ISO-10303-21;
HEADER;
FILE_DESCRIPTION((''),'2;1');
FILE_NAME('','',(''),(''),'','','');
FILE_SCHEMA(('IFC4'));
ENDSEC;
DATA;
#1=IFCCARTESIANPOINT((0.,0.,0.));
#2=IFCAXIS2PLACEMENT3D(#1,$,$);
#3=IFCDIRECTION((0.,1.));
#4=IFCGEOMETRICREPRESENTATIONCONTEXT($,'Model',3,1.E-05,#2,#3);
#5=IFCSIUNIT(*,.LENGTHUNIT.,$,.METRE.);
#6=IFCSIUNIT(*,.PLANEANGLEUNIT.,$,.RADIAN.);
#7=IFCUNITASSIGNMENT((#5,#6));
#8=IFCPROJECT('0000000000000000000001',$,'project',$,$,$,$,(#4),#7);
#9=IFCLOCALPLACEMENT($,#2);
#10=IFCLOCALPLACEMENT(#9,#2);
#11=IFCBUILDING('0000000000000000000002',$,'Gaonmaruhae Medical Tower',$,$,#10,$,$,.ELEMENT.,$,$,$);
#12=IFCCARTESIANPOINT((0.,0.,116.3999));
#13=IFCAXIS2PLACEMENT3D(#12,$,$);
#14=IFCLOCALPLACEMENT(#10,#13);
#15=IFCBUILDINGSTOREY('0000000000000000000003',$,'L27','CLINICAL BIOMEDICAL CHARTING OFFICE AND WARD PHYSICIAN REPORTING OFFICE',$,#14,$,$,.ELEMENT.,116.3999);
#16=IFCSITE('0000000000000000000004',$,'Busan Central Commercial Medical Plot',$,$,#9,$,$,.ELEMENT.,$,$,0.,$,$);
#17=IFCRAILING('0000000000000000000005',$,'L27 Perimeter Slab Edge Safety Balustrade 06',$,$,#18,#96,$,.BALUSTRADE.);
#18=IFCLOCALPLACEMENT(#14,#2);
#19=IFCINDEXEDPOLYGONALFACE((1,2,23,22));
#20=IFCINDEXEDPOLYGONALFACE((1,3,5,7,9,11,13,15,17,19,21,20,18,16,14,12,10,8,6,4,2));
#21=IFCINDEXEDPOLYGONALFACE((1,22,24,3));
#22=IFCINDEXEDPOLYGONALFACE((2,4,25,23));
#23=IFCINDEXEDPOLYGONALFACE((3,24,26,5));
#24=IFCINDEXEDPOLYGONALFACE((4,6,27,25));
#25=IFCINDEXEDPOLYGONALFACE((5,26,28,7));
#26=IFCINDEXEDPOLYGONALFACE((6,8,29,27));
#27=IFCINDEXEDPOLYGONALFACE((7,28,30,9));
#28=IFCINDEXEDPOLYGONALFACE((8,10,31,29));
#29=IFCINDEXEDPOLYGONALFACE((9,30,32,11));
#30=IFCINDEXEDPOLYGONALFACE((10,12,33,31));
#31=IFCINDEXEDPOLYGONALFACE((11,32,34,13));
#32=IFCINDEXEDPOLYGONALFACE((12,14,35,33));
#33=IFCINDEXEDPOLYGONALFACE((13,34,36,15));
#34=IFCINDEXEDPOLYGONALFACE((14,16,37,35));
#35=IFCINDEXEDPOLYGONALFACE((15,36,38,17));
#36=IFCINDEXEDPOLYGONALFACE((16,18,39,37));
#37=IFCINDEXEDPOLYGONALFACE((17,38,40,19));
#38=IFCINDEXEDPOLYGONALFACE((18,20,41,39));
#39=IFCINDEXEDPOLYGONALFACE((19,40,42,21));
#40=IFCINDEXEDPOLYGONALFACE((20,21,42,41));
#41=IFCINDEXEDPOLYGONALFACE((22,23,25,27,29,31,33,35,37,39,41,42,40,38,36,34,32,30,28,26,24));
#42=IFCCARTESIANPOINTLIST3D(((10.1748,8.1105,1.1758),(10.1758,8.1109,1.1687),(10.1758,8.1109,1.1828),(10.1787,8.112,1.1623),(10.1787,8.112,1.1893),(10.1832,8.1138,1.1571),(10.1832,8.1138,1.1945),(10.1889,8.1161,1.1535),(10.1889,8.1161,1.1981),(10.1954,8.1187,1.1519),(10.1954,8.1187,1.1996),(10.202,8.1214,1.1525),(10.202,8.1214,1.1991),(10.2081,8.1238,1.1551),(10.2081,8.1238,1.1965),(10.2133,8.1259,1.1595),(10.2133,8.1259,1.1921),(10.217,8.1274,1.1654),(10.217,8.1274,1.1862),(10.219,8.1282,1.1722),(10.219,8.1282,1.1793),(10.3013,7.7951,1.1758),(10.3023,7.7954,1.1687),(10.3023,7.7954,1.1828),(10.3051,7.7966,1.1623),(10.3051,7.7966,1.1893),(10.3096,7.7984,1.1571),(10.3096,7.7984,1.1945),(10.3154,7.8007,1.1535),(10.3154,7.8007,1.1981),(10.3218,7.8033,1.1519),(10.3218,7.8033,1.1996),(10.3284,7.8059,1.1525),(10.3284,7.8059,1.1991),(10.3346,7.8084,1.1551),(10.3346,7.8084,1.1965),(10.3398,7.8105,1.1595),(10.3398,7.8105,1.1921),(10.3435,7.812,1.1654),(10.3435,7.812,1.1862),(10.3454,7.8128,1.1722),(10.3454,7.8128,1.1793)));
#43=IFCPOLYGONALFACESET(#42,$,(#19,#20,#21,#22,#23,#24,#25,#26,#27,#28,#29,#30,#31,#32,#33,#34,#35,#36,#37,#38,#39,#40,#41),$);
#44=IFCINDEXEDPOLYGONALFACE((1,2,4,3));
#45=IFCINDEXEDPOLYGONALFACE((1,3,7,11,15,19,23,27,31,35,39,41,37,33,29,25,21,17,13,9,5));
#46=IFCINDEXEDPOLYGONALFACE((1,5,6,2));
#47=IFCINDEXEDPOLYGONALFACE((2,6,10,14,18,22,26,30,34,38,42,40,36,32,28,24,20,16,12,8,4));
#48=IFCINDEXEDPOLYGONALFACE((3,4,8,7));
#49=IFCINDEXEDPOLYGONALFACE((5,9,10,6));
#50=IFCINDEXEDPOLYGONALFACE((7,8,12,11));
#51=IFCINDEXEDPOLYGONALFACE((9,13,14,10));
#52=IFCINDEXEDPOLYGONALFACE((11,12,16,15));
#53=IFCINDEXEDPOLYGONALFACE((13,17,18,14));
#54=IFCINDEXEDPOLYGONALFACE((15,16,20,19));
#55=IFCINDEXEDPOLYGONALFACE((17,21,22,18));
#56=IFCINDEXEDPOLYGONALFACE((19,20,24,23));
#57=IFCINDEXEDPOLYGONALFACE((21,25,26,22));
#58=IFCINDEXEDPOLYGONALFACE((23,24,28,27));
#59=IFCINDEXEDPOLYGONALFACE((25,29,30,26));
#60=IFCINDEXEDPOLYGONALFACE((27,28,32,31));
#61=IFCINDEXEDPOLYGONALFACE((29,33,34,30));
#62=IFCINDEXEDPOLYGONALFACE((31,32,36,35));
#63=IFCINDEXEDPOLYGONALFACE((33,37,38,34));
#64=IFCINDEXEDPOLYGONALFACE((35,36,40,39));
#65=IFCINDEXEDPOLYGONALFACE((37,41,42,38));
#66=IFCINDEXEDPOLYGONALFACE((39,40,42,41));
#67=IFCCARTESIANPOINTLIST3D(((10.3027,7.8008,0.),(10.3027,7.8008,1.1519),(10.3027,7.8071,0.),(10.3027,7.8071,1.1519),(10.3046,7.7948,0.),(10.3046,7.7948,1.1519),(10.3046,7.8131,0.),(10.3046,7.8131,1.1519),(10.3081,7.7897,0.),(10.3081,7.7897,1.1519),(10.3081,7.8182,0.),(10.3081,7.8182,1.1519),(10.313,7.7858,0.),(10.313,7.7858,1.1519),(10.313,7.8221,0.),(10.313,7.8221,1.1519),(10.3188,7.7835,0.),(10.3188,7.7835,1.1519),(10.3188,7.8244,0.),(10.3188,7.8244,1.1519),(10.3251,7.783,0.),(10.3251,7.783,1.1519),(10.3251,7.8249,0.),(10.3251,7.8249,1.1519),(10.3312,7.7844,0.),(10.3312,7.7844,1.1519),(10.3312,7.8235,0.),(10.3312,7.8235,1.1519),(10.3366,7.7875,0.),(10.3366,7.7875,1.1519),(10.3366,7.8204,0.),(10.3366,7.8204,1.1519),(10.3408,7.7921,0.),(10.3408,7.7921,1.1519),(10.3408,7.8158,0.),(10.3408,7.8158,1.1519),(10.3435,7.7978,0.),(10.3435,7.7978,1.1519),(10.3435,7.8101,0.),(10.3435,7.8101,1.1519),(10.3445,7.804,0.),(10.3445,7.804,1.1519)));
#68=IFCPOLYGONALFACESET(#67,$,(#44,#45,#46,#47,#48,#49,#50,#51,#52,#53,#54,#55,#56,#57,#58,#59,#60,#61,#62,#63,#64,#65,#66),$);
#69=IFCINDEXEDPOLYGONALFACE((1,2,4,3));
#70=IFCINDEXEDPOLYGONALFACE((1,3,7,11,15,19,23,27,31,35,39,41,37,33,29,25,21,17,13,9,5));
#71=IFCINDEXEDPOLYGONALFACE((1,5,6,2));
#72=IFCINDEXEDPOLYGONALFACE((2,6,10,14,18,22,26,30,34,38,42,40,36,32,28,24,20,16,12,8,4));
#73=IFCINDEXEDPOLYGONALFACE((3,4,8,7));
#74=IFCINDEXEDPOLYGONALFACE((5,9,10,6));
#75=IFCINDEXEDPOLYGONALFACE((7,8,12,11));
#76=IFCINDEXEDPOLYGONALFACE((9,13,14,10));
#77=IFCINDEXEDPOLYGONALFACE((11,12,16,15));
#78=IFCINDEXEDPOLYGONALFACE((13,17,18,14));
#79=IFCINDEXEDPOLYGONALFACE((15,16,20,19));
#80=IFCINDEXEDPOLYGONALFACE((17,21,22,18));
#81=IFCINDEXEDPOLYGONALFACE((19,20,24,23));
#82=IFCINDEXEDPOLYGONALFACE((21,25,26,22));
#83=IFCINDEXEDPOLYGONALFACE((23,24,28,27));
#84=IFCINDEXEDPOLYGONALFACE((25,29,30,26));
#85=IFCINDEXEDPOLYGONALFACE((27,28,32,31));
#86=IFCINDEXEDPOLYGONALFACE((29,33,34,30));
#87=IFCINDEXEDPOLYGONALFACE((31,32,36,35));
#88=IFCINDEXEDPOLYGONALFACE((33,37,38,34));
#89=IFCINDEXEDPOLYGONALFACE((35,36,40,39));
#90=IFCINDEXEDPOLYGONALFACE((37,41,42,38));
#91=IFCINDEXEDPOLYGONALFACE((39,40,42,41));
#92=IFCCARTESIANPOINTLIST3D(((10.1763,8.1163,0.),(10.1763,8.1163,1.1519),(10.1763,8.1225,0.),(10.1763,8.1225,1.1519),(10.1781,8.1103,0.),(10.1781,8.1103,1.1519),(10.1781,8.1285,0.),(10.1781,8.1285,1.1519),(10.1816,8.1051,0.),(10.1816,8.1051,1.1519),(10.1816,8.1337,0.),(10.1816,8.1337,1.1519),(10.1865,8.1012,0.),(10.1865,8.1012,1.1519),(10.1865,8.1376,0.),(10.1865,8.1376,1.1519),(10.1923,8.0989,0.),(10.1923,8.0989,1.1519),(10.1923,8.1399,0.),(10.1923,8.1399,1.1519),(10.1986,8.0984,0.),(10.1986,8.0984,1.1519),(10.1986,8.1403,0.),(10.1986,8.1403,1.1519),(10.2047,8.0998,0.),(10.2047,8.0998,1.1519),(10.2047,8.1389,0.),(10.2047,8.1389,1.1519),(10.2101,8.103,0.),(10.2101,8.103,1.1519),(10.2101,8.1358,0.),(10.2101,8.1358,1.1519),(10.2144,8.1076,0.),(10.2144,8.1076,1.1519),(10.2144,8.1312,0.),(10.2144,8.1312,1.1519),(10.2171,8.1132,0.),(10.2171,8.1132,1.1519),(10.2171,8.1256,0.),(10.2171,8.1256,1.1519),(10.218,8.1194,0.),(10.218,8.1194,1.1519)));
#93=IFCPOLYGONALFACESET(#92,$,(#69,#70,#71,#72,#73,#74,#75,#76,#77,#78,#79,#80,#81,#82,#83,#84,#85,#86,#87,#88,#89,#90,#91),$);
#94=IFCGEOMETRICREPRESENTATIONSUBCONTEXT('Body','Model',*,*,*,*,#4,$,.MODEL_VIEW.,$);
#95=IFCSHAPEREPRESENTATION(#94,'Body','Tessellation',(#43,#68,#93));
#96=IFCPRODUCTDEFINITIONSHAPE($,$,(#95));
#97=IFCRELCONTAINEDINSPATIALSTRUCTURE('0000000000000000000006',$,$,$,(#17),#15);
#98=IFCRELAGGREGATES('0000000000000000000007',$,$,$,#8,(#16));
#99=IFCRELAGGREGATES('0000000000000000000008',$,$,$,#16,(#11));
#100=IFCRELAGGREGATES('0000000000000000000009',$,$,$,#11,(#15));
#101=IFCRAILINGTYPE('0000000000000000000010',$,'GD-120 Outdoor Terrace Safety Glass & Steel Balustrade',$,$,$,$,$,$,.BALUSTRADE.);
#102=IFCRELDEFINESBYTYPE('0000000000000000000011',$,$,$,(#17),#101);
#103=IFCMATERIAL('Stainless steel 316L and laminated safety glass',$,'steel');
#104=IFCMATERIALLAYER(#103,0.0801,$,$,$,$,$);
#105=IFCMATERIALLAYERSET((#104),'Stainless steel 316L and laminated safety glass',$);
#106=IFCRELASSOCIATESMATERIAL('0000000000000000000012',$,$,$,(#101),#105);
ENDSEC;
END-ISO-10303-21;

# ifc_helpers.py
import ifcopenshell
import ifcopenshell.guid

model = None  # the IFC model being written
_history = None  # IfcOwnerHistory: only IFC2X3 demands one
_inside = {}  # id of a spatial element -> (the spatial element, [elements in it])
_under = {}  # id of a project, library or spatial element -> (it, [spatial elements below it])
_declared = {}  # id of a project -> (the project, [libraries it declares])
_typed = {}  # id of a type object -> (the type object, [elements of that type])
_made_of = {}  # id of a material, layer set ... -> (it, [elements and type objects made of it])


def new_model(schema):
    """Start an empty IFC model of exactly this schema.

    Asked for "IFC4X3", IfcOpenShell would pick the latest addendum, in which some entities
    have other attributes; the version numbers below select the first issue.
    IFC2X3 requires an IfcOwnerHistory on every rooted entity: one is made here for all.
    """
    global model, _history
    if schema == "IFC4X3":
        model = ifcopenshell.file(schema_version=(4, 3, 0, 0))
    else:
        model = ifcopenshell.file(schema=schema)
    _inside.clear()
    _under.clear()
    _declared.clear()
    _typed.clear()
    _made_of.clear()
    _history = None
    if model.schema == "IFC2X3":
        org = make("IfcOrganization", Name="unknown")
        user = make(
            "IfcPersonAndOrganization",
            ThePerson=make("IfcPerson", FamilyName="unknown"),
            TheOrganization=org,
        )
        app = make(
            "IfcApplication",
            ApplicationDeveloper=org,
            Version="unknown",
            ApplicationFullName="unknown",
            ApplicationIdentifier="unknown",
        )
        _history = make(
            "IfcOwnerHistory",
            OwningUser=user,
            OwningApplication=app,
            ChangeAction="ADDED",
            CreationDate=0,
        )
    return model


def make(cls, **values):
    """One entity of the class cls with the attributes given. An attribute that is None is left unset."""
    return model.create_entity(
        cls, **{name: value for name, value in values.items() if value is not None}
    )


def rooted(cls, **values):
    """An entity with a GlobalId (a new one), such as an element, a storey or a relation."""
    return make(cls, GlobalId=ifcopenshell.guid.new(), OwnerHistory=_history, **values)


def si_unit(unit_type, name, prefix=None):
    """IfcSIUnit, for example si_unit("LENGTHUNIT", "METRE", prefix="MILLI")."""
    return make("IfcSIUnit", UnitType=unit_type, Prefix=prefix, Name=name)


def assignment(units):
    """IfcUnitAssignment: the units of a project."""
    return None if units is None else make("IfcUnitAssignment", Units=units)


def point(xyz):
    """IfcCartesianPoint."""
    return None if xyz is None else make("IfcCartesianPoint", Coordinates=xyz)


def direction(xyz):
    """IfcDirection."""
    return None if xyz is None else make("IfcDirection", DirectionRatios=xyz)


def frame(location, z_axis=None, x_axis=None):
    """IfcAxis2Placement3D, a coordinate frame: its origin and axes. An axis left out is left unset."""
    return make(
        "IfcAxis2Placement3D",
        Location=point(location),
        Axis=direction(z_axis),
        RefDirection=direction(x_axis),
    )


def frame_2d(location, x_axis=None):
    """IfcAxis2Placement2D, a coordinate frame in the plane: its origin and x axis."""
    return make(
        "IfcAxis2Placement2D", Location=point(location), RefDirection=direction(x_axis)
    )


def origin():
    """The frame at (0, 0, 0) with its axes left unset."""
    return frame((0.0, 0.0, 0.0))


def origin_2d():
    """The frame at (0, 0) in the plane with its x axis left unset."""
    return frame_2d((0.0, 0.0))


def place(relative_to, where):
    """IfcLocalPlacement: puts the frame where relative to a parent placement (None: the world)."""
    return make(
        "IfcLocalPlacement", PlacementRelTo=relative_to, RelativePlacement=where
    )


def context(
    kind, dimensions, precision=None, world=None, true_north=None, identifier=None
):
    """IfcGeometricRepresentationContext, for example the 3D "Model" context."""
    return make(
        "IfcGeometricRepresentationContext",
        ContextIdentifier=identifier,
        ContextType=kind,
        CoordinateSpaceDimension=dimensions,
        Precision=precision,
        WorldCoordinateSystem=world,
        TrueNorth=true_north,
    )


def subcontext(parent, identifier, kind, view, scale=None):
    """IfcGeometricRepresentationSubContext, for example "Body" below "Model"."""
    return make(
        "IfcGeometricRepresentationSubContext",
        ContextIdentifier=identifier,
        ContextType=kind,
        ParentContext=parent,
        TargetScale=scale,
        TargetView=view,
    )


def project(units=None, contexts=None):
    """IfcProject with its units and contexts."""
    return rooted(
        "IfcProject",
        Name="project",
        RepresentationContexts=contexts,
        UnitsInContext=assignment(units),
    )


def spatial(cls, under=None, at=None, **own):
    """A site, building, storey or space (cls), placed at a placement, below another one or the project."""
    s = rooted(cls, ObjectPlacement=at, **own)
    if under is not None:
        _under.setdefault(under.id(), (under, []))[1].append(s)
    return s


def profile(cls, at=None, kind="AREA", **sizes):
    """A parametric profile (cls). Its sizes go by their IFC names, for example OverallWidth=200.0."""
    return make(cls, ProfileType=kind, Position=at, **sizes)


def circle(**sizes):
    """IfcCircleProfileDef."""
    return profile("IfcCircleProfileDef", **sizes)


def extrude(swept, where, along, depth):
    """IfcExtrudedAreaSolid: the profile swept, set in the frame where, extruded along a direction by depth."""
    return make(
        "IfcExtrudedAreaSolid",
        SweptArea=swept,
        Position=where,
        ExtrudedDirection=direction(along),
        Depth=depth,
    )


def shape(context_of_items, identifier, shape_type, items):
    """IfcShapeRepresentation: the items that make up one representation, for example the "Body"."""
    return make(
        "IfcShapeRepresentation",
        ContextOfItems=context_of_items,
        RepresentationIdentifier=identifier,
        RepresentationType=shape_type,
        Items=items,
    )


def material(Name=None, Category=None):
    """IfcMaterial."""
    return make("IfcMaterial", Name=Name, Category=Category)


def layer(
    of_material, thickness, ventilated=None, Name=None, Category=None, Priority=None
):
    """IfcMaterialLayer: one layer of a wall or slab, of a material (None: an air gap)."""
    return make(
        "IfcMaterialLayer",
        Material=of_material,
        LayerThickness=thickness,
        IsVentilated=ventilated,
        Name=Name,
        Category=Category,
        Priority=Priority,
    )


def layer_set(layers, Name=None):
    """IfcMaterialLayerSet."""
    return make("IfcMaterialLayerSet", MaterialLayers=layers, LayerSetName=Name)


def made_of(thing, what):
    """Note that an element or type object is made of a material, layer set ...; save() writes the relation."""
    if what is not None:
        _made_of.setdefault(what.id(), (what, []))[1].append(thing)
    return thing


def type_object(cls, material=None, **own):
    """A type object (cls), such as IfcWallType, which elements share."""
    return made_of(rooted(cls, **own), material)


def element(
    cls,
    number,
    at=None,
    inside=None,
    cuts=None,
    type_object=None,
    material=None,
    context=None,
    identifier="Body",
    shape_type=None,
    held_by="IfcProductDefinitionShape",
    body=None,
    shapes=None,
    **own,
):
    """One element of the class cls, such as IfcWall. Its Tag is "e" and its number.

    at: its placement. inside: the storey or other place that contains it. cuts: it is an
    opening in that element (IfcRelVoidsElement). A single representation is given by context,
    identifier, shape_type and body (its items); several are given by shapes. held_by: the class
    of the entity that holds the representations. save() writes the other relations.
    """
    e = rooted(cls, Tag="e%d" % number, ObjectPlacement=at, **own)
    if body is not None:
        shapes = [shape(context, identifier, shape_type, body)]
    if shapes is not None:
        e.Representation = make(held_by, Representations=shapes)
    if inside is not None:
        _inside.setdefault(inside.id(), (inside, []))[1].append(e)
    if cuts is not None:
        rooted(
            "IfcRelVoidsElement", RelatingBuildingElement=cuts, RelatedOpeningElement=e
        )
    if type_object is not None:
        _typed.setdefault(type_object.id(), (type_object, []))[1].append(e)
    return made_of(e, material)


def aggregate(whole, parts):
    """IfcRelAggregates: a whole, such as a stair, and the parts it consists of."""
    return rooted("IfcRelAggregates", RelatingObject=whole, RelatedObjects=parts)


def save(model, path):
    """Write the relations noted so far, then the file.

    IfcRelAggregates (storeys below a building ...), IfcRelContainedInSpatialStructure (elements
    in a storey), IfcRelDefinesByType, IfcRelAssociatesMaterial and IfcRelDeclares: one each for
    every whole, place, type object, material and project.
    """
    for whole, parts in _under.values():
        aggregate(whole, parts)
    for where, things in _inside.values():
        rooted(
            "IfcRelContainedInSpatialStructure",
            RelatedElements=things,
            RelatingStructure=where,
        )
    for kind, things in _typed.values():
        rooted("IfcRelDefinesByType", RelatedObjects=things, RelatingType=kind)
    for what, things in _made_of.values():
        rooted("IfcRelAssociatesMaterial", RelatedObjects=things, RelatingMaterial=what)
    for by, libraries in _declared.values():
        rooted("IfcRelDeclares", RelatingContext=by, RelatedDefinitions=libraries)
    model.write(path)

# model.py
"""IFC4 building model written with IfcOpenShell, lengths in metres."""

from ifc_helpers import new_model, si_unit, direction, frame, origin, origin_2d, place, context, subcontext, project, spatial, circle, extrude, material, layer, layer_set, type_object, element, save


model = new_model("IFC4")

# Units and contexts
model_context = context("Model", 3, precision=1e-05, world=origin(), true_north=direction((0.0, 1.0)))
body_context = subcontext(model_context, "Body", "Model", "MODEL_VIEW")
ifc_project = project(units=[si_unit("LENGTHUNIT", "METRE"), si_unit("PLANEANGLEUNIT", "RADIAN")], contexts=[model_context])

# Site, building, storey
site_placement = place(None, origin())
site = spatial("IfcSite", under=ifc_project, at=site_placement, Name="Busan Central Commercial Medical Plot", CompositionType="ELEMENT", RefElevation=0.0)
building_placement = place(site_placement, origin())
building = spatial("IfcBuilding", under=site, at=building_placement, Name="Gaonmaruhae Medical Tower", CompositionType="ELEMENT")
storey_placement = place(building_placement, frame((0.0, 0.0, 116.3999)))
storey = spatial("IfcBuildingStorey", under=building, at=storey_placement, Name="L27", Description="CLINICAL BIOMEDICAL CHARTING OFFICE AND WARD PHYSICIAN REPORTING OFFICE", CompositionType="ELEMENT", Elevation=116.3999)

# Railing
ifc_material_1 = material(Name="Stainless steel 316L and laminated safety glass", Category="steel")
ifc_layer_1 = layer(ifc_material_1, 0.0801)
ifc_layer_set_1 = layer_set([ifc_layer_1], Name="Stainless steel 316L and laminated safety glass")
railing_type = type_object("IfcRailingType", Name="GD-120 Outdoor Terrace Safety Glass & Steel Balustrade", PredefinedType="BALUSTRADE", material=ifc_layer_set_1)
for number, where, name in (
    (1, (10.3235, 7.804, 0.0), "L27 Perimeter Slab Edge Safety Balustrade 06"),
):
    element("IfcRailing", number, at=place(storey_placement, frame(where)), inside=storey, type_object=railing_type, Name=name, PredefinedType="BALUSTRADE", context=body_context, shape_type="SweptSolid", body=[
        extrude(circle(Radius=0.0239, at=origin_2d()), frame((0.0, 0.0, 1.1758), z_axis=(-0.372134, 0.928179, 0.0), x_axis=(-0.928179, -0.372134, 0.0)), (0.0, 0.0, 1.0), 0.3398),
        extrude(circle(Radius=0.021, at=origin_2d()), origin(), (0.0, 0.0, 1.0), 1.1519),
        extrude(circle(Radius=0.021, at=origin_2d()), frame((-0.1265, 0.3154, 0.0)), (0.0, 0.0, 1.0), 1.1519),
    ])

save(model, "model.ifc")
